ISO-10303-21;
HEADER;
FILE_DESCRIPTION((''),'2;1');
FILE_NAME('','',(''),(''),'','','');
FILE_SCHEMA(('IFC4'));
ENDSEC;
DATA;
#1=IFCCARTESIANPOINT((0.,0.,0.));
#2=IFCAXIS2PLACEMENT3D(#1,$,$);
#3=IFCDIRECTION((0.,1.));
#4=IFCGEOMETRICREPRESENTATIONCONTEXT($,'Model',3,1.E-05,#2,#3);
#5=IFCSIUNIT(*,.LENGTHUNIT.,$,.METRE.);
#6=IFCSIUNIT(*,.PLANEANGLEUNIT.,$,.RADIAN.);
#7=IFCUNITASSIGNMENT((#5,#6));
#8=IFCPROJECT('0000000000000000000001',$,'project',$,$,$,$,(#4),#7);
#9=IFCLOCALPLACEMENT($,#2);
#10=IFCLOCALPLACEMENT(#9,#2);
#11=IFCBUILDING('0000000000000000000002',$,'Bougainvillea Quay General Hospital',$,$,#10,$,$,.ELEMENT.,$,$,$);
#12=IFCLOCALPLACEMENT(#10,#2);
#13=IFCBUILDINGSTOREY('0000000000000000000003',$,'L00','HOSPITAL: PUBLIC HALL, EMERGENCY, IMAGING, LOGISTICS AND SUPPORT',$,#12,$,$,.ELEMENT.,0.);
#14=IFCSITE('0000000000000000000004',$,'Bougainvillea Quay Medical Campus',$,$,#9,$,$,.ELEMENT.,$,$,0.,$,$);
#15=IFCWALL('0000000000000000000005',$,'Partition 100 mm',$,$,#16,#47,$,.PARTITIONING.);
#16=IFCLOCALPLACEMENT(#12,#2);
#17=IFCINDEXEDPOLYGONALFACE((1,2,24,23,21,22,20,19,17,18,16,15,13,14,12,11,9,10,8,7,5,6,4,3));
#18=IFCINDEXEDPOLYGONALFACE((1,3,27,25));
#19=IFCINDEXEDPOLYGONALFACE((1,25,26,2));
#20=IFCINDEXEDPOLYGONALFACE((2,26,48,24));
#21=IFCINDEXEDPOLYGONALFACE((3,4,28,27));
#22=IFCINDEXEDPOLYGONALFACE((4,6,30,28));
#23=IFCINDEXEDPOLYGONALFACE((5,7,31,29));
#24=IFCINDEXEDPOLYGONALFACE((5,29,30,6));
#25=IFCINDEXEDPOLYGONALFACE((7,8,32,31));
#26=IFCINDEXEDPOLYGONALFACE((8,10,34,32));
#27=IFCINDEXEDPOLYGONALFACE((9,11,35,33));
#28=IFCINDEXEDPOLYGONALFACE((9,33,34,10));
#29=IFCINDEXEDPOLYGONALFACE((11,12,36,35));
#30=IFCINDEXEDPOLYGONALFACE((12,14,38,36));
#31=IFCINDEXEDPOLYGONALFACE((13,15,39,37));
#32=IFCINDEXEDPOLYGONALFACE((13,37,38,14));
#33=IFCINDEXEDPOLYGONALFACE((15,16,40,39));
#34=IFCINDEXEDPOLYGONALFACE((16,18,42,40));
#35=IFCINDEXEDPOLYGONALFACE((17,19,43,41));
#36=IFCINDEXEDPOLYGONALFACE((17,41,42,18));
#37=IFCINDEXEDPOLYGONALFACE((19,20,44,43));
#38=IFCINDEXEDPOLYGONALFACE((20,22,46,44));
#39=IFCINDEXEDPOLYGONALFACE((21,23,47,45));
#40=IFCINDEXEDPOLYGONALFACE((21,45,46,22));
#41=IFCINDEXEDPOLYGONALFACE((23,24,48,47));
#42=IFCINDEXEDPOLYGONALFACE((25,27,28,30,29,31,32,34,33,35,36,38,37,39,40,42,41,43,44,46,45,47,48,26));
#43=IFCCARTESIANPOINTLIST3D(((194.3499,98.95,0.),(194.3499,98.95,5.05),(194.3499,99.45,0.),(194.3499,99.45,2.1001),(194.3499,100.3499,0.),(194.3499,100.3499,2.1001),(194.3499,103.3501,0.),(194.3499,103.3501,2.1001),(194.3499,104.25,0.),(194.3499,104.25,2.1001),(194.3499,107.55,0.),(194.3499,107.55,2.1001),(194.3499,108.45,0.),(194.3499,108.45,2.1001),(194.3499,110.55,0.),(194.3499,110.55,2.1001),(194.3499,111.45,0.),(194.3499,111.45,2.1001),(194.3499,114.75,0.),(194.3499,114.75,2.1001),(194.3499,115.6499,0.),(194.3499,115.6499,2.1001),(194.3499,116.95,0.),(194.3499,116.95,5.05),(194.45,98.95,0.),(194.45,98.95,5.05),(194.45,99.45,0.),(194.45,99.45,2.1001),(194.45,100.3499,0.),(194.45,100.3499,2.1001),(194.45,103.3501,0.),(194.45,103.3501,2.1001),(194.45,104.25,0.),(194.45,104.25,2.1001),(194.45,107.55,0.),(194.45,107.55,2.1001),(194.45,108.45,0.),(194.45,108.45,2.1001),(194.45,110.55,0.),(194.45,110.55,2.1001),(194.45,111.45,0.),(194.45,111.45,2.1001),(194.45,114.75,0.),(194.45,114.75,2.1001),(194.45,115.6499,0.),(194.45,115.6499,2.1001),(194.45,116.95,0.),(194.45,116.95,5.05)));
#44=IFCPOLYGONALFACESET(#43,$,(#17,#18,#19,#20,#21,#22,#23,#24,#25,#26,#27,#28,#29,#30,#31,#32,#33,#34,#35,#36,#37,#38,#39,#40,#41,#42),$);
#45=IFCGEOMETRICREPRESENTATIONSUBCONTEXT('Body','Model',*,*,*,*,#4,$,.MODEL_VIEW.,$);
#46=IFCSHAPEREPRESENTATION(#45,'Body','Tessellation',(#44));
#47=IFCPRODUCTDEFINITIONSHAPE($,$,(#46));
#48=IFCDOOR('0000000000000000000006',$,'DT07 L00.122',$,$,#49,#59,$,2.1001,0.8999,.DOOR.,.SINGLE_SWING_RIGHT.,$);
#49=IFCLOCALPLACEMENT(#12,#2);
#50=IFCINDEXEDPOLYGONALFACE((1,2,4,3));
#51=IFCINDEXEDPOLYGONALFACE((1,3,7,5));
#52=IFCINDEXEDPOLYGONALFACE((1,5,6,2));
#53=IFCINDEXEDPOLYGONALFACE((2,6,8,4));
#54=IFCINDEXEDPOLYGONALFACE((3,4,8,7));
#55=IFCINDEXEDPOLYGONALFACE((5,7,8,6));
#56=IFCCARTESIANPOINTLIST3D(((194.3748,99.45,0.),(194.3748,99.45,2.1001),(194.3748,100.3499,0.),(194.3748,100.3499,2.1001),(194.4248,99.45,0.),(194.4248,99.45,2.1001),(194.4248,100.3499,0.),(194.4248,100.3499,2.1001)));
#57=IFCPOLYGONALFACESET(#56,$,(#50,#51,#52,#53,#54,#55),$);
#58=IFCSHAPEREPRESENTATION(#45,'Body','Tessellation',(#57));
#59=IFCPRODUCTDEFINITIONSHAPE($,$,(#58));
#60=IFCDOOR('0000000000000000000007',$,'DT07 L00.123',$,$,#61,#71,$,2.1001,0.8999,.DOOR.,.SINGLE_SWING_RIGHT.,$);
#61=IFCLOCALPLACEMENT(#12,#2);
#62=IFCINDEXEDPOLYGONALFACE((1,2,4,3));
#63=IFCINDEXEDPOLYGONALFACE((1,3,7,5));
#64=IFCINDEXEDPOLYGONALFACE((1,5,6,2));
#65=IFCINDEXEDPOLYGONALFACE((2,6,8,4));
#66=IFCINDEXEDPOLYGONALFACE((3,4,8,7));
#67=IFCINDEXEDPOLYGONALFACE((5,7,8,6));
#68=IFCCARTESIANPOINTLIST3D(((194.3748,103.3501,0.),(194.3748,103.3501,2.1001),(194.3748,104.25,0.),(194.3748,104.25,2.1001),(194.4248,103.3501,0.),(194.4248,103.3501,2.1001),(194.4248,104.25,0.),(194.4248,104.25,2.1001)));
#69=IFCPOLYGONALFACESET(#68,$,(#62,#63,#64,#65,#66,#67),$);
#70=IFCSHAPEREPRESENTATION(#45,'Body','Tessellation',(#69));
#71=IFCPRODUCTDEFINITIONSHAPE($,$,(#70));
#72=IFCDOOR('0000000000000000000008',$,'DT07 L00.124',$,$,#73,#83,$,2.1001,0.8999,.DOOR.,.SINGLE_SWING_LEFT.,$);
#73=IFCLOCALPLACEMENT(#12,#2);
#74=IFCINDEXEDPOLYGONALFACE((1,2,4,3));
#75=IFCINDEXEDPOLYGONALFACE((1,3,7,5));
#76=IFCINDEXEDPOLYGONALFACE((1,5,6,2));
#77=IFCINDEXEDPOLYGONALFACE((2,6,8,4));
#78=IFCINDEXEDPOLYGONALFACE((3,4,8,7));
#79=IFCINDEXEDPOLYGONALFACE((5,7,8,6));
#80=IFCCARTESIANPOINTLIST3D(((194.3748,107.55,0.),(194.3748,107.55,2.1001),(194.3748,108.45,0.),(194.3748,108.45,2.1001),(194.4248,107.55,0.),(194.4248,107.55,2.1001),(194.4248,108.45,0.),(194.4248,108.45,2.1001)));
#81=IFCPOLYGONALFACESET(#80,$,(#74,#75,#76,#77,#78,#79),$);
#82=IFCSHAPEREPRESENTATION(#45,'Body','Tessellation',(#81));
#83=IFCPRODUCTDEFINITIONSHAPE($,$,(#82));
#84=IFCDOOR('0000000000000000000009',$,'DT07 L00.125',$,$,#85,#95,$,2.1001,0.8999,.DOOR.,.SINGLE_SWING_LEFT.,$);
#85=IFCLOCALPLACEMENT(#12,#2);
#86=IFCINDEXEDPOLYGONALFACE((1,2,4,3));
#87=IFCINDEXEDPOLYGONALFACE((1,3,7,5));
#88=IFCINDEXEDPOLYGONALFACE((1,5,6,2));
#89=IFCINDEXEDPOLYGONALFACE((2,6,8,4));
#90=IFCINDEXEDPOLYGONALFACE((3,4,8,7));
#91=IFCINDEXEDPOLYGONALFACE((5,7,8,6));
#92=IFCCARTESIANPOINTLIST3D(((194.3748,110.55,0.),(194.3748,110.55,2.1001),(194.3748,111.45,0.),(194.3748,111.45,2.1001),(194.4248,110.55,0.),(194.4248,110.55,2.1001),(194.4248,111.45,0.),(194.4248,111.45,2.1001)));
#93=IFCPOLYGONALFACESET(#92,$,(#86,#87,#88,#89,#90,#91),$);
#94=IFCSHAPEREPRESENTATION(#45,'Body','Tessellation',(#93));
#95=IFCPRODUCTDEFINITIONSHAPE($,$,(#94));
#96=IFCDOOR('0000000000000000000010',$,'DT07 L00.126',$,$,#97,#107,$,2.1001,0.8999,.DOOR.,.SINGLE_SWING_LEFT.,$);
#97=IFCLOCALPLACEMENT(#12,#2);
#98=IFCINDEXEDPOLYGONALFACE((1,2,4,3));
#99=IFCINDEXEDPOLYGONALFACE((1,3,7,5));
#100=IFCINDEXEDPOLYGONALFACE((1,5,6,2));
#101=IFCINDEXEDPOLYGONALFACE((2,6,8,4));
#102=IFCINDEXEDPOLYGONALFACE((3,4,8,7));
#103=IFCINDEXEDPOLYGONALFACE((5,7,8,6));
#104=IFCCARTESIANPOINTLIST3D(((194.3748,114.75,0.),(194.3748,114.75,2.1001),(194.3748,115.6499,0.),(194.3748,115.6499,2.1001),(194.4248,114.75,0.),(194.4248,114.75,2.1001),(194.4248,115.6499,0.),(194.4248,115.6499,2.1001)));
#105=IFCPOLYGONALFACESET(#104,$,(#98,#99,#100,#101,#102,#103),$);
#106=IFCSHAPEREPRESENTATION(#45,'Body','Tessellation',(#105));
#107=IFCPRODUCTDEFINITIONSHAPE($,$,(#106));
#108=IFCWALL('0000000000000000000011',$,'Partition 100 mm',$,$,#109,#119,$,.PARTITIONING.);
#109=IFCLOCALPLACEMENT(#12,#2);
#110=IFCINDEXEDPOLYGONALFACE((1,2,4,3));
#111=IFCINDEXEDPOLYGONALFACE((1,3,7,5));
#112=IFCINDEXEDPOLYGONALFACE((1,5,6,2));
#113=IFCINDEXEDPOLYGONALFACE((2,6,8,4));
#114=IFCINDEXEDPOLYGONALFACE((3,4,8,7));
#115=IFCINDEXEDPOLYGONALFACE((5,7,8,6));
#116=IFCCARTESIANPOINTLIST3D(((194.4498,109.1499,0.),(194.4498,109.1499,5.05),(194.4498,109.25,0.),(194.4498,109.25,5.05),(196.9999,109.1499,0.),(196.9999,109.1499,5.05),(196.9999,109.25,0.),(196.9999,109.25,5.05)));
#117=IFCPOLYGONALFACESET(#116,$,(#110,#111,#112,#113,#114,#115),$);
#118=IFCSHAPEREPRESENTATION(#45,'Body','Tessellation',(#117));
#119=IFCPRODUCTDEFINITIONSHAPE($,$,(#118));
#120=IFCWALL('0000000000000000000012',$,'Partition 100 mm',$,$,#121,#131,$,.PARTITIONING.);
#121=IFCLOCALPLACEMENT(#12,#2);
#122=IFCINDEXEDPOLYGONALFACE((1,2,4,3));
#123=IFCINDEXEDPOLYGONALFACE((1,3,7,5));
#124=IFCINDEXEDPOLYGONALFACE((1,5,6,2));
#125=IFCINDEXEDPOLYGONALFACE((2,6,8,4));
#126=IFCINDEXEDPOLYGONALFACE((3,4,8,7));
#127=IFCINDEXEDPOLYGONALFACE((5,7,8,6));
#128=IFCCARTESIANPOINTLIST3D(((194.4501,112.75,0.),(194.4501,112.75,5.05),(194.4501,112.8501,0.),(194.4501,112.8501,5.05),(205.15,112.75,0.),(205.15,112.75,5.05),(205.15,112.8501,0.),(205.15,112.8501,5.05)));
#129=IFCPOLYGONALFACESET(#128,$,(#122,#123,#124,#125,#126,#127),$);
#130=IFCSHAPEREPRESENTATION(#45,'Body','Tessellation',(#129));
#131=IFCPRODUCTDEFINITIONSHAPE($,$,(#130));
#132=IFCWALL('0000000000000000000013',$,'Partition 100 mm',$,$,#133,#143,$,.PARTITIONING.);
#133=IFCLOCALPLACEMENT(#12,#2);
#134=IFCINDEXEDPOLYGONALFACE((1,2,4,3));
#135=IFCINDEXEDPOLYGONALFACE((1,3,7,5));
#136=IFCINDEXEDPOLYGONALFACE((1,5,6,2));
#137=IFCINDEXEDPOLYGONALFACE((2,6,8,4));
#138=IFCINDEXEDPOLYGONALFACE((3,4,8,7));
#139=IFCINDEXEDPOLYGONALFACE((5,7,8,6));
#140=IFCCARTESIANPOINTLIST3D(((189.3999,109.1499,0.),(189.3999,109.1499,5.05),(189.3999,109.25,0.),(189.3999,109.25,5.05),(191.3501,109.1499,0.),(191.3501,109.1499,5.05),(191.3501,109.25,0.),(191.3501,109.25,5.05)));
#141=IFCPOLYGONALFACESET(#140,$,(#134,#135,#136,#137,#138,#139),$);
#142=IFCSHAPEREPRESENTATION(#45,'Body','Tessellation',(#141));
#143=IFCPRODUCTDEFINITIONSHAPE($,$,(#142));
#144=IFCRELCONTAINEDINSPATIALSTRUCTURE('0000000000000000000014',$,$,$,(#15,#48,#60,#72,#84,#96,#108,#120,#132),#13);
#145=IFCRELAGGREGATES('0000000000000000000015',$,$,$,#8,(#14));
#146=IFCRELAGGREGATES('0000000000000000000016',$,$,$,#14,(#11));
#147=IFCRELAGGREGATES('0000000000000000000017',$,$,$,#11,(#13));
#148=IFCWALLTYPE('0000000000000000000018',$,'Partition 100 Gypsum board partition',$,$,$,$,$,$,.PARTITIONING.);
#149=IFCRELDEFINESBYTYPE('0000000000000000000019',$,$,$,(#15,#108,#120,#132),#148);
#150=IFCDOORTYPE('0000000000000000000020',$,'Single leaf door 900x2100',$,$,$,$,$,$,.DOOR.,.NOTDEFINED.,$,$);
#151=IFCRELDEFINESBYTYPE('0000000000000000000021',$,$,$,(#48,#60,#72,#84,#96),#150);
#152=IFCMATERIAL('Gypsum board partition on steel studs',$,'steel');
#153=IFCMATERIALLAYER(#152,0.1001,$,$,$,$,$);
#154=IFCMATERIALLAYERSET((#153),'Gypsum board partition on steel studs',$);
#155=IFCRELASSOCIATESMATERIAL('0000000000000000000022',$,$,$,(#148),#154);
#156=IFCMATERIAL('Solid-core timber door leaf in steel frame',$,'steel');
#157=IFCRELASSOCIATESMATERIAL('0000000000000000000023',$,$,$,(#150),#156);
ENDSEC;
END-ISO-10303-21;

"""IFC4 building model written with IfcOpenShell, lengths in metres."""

from ifc_helpers import new_model, si_unit, direction, frame, frame_2d, origin, place, context, subcontext, project, spatial, rectangle, extrude, material, layer, layer_set, type_object, element, fill, save


model = new_model("IFC4")

# Units and contexts
model_context = context("Model", 3, precision=1e-05, world=origin(), true_north=direction((0.0, 1.0)))
body_context = subcontext(model_context, "Body", "Model", "MODEL_VIEW")
ifc_project = project(units=[si_unit("LENGTHUNIT", "METRE"), si_unit("PLANEANGLEUNIT", "RADIAN")], contexts=[model_context])

# Site, building, storey
site_placement = place(None, origin())
site = spatial("IfcSite", under=ifc_project, at=site_placement, Name="Bougainvillea Quay Medical Campus", CompositionType="ELEMENT", RefElevation=0.0)
building_placement = place(site_placement, origin())
building = spatial("IfcBuilding", under=site, at=building_placement, Name="Bougainvillea Quay General Hospital", CompositionType="ELEMENT")
storey_placement = place(building_placement, origin())
storey = spatial("IfcBuildingStorey", under=building, at=storey_placement, Name="L00", Description="HOSPITAL: PUBLIC HALL, EMERGENCY, IMAGING, LOGISTICS AND SUPPORT", CompositionType="ELEMENT", Elevation=0.0)

# Shared definitions
ifc_material_1 = material(Name="Gypsum board partition on steel studs", Category="steel")
ifc_layer_1 = layer(ifc_material_1, 0.1001)
ifc_layer_set_1 = layer_set([ifc_layer_1], Name="Gypsum board partition on steel studs")
wall_type_1 = type_object("IfcWallType", Name="Partition 100 Gypsum board partition", PredefinedType="PARTITIONING", material=ifc_layer_set_1)

# Wall, openings, doors
wall_1_placement = place(storey_placement, frame((194.3999, 116.95, 0.0), z_axis=(0.0, 0.0, 1.0), x_axis=(0.0, -1.0, 0.0)))
wall_1 = element("IfcWall", 1, at=wall_1_placement, inside=storey, type_object=wall_type_1, Name="Partition 100 mm", PredefinedType="PARTITIONING", context=body_context, shape_type="SweptSolid", body=[
    extrude(rectangle(XDim=18.0, YDim=0.1001, at=frame_2d((9.0, 0.0))), origin(), (0.0, 0.0, 1.0), 5.05),
])
opening_1_placement = place(wall_1_placement, frame((16.6001, 0.0, 0.0)))
opening_1 = element("IfcOpeningElement", 2, at=opening_1_placement, cuts=wall_1, PredefinedType="OPENING", context=body_context, shape_type="SweptSolid", body=[
    extrude(rectangle(XDim=0.8999, YDim=2.1001, at=frame_2d((0.45, 1.05))), frame((0.0, 0.0601, 0.0), z_axis=(0.0, -1.0, 0.0), x_axis=(1.0, 0.0, 0.0)), (0.0, 0.0, 1.0), 0.1201),
])
opening_2_placement = place(wall_1_placement, frame((12.7, 0.0, 0.0)))
opening_2 = element("IfcOpeningElement", 3, at=opening_2_placement, cuts=wall_1, PredefinedType="OPENING", context=body_context, shape_type="SweptSolid", body=[
    extrude(rectangle(XDim=0.8999, YDim=2.1001, at=frame_2d((0.45, 1.05))), frame((0.0, 0.0601, 0.0), z_axis=(0.0, -1.0, 0.0), x_axis=(1.0, 0.0, 0.0)), (0.0, 0.0, 1.0), 0.1201),
])
opening_3_placement = place(wall_1_placement, frame((8.5, 0.0, 0.0)))
opening_3 = element("IfcOpeningElement", 4, at=opening_3_placement, cuts=wall_1, PredefinedType="OPENING", context=body_context, shape_type="SweptSolid", body=[
    extrude(rectangle(XDim=0.8999, YDim=2.1001, at=frame_2d((0.45, 1.05))), frame((0.0, 0.0601, 0.0), z_axis=(0.0, -1.0, 0.0), x_axis=(1.0, 0.0, 0.0)), (0.0, 0.0, 1.0), 0.1201),
])
opening_4_placement = place(wall_1_placement, frame((5.5, 0.0, 0.0)))
opening_4 = element("IfcOpeningElement", 5, at=opening_4_placement, cuts=wall_1, PredefinedType="OPENING", context=body_context, shape_type="SweptSolid", body=[
    extrude(rectangle(XDim=0.8999, YDim=2.1001, at=frame_2d((0.45, 1.05))), frame((0.0, 0.0601, 0.0), z_axis=(0.0, -1.0, 0.0), x_axis=(1.0, 0.0, 0.0)), (0.0, 0.0, 1.0), 0.1201),
])
opening_5_placement = place(wall_1_placement, frame((1.3, 0.0, 0.0)))
opening_5 = element("IfcOpeningElement", 6, at=opening_5_placement, cuts=wall_1, PredefinedType="OPENING", context=body_context, shape_type="SweptSolid", body=[
    extrude(rectangle(XDim=0.8999, YDim=2.1001, at=frame_2d((0.45, 1.05))), frame((0.0, 0.0601, 0.0), z_axis=(0.0, -1.0, 0.0), x_axis=(1.0, 0.0, 0.0)), (0.0, 0.0, 1.0), 0.1201),
])
ifc_material_2 = material(Name="Solid-core timber door leaf in steel frame", Category="steel")
door_type_1 = type_object("IfcDoorType", Name="Single leaf door 900x2100", OperationType="NOTDEFINED", PredefinedType="DOOR", material=ifc_material_2)
door_1_placement = place(opening_1_placement, origin())
door_1 = element("IfcDoor", 7, at=door_1_placement, inside=storey, type_object=door_type_1, Name="DT07 L00.122", OperationType="SINGLE_SWING_RIGHT", OverallHeight=2.1001, OverallWidth=0.8999, PredefinedType="DOOR", context=body_context, shape_type="SweptSolid", body=[
    extrude(rectangle(XDim=0.8999, YDim=2.1001, at=frame_2d((0.45, 1.05))), frame((0.0, 0.0249, 0.0), z_axis=(0.0, -1.0, 0.0), x_axis=(1.0, 0.0, 0.0)), (0.0, 0.0, 1.0), 0.05),
])
fill(opening_1, door_1)
door_2_placement = place(opening_2_placement, origin())
door_2 = element("IfcDoor", 8, at=door_2_placement, inside=storey, type_object=door_type_1, Name="DT07 L00.123", OperationType="SINGLE_SWING_RIGHT", OverallHeight=2.1001, OverallWidth=0.8999, PredefinedType="DOOR", context=body_context, shape_type="SweptSolid", body=[
    extrude(rectangle(XDim=0.8999, YDim=2.1001, at=frame_2d((0.45, 1.05))), frame((0.0, 0.0249, 0.0), z_axis=(0.0, -1.0, 0.0), x_axis=(1.0, 0.0, 0.0)), (0.0, 0.0, 1.0), 0.05),
])
fill(opening_2, door_2)
door_3_placement = place(opening_3_placement, origin())
door_3 = element("IfcDoor", 9, at=door_3_placement, inside=storey, type_object=door_type_1, Name="DT07 L00.124", OperationType="SINGLE_SWING_LEFT", OverallHeight=2.1001, OverallWidth=0.8999, PredefinedType="DOOR", context=body_context, shape_type="SweptSolid", body=[
    extrude(rectangle(XDim=0.8999, YDim=2.1001, at=frame_2d((0.45, 1.05))), frame((0.0, 0.0249, 0.0), z_axis=(0.0, -1.0, 0.0), x_axis=(1.0, 0.0, 0.0)), (0.0, 0.0, 1.0), 0.05),
])
fill(opening_3, door_3)
door_4_placement = place(opening_4_placement, origin())
door_4 = element("IfcDoor", 10, at=door_4_placement, inside=storey, type_object=door_type_1, Name="DT07 L00.125", OperationType="SINGLE_SWING_LEFT", OverallHeight=2.1001, OverallWidth=0.8999, PredefinedType="DOOR", context=body_context, shape_type="SweptSolid", body=[
    extrude(rectangle(XDim=0.8999, YDim=2.1001, at=frame_2d((0.45, 1.05))), frame((0.0, 0.0249, 0.0), z_axis=(0.0, -1.0, 0.0), x_axis=(1.0, 0.0, 0.0)), (0.0, 0.0, 1.0), 0.05),
])
fill(opening_4, door_4)
door_5_placement = place(opening_5_placement, origin())
door_5 = element("IfcDoor", 11, at=door_5_placement, inside=storey, type_object=door_type_1, Name="DT07 L00.126", OperationType="SINGLE_SWING_LEFT", OverallHeight=2.1001, OverallWidth=0.8999, PredefinedType="DOOR", context=body_context, shape_type="SweptSolid", body=[
    extrude(rectangle(XDim=0.8999, YDim=2.1001, at=frame_2d((0.45, 1.05))), frame((0.0, 0.0249, 0.0), z_axis=(0.0, -1.0, 0.0), x_axis=(1.0, 0.0, 0.0)), (0.0, 0.0, 1.0), 0.05),
])
fill(opening_5, door_5)

# Walls
wall_2_placement = place(storey_placement, frame((194.45, 109.2, 0.0), z_axis=(0.0, 0.0, 1.0), x_axis=(1.0, 0.0, 0.0)))
element("IfcWall", 12, at=wall_2_placement, inside=storey, type_object=wall_type_1, Name="Partition 100 mm", PredefinedType="PARTITIONING", context=body_context, shape_type="SweptSolid", body=[
    extrude(rectangle(XDim=2.55, YDim=0.1001, at=frame_2d((1.2749, 0.0))), origin(), (0.0, 0.0, 1.0), 5.05),
])
wall_3_placement = place(storey_placement, frame((194.45, 112.8, 0.0), z_axis=(0.0, 0.0, 1.0), x_axis=(1.0, 0.0, 0.0)))
element("IfcWall", 13, at=wall_3_placement, inside=storey, type_object=wall_type_1, Name="Partition 100 mm", PredefinedType="PARTITIONING", context=body_context, shape_type="SweptSolid", body=[
    extrude(rectangle(XDim=10.7, YDim=0.1001, at=frame_2d((5.3501, 0.0))), origin(), (0.0, 0.0, 1.0), 5.05),
])
wall_4_placement = place(storey_placement, frame((189.3999, 109.2, 0.0), z_axis=(0.0, 0.0, 1.0), x_axis=(1.0, 0.0, 0.0)))
element("IfcWall", 14, at=wall_4_placement, inside=storey, type_object=wall_type_1, Name="Partition 100 mm", PredefinedType="PARTITIONING", context=body_context, shape_type="SweptSolid", body=[
    extrude(rectangle(XDim=1.9502, YDim=0.1001, at=frame_2d((0.9751, 0.0))), origin(), (0.0, 0.0, 1.0), 5.05),
])

save(model, "model.ifc")
